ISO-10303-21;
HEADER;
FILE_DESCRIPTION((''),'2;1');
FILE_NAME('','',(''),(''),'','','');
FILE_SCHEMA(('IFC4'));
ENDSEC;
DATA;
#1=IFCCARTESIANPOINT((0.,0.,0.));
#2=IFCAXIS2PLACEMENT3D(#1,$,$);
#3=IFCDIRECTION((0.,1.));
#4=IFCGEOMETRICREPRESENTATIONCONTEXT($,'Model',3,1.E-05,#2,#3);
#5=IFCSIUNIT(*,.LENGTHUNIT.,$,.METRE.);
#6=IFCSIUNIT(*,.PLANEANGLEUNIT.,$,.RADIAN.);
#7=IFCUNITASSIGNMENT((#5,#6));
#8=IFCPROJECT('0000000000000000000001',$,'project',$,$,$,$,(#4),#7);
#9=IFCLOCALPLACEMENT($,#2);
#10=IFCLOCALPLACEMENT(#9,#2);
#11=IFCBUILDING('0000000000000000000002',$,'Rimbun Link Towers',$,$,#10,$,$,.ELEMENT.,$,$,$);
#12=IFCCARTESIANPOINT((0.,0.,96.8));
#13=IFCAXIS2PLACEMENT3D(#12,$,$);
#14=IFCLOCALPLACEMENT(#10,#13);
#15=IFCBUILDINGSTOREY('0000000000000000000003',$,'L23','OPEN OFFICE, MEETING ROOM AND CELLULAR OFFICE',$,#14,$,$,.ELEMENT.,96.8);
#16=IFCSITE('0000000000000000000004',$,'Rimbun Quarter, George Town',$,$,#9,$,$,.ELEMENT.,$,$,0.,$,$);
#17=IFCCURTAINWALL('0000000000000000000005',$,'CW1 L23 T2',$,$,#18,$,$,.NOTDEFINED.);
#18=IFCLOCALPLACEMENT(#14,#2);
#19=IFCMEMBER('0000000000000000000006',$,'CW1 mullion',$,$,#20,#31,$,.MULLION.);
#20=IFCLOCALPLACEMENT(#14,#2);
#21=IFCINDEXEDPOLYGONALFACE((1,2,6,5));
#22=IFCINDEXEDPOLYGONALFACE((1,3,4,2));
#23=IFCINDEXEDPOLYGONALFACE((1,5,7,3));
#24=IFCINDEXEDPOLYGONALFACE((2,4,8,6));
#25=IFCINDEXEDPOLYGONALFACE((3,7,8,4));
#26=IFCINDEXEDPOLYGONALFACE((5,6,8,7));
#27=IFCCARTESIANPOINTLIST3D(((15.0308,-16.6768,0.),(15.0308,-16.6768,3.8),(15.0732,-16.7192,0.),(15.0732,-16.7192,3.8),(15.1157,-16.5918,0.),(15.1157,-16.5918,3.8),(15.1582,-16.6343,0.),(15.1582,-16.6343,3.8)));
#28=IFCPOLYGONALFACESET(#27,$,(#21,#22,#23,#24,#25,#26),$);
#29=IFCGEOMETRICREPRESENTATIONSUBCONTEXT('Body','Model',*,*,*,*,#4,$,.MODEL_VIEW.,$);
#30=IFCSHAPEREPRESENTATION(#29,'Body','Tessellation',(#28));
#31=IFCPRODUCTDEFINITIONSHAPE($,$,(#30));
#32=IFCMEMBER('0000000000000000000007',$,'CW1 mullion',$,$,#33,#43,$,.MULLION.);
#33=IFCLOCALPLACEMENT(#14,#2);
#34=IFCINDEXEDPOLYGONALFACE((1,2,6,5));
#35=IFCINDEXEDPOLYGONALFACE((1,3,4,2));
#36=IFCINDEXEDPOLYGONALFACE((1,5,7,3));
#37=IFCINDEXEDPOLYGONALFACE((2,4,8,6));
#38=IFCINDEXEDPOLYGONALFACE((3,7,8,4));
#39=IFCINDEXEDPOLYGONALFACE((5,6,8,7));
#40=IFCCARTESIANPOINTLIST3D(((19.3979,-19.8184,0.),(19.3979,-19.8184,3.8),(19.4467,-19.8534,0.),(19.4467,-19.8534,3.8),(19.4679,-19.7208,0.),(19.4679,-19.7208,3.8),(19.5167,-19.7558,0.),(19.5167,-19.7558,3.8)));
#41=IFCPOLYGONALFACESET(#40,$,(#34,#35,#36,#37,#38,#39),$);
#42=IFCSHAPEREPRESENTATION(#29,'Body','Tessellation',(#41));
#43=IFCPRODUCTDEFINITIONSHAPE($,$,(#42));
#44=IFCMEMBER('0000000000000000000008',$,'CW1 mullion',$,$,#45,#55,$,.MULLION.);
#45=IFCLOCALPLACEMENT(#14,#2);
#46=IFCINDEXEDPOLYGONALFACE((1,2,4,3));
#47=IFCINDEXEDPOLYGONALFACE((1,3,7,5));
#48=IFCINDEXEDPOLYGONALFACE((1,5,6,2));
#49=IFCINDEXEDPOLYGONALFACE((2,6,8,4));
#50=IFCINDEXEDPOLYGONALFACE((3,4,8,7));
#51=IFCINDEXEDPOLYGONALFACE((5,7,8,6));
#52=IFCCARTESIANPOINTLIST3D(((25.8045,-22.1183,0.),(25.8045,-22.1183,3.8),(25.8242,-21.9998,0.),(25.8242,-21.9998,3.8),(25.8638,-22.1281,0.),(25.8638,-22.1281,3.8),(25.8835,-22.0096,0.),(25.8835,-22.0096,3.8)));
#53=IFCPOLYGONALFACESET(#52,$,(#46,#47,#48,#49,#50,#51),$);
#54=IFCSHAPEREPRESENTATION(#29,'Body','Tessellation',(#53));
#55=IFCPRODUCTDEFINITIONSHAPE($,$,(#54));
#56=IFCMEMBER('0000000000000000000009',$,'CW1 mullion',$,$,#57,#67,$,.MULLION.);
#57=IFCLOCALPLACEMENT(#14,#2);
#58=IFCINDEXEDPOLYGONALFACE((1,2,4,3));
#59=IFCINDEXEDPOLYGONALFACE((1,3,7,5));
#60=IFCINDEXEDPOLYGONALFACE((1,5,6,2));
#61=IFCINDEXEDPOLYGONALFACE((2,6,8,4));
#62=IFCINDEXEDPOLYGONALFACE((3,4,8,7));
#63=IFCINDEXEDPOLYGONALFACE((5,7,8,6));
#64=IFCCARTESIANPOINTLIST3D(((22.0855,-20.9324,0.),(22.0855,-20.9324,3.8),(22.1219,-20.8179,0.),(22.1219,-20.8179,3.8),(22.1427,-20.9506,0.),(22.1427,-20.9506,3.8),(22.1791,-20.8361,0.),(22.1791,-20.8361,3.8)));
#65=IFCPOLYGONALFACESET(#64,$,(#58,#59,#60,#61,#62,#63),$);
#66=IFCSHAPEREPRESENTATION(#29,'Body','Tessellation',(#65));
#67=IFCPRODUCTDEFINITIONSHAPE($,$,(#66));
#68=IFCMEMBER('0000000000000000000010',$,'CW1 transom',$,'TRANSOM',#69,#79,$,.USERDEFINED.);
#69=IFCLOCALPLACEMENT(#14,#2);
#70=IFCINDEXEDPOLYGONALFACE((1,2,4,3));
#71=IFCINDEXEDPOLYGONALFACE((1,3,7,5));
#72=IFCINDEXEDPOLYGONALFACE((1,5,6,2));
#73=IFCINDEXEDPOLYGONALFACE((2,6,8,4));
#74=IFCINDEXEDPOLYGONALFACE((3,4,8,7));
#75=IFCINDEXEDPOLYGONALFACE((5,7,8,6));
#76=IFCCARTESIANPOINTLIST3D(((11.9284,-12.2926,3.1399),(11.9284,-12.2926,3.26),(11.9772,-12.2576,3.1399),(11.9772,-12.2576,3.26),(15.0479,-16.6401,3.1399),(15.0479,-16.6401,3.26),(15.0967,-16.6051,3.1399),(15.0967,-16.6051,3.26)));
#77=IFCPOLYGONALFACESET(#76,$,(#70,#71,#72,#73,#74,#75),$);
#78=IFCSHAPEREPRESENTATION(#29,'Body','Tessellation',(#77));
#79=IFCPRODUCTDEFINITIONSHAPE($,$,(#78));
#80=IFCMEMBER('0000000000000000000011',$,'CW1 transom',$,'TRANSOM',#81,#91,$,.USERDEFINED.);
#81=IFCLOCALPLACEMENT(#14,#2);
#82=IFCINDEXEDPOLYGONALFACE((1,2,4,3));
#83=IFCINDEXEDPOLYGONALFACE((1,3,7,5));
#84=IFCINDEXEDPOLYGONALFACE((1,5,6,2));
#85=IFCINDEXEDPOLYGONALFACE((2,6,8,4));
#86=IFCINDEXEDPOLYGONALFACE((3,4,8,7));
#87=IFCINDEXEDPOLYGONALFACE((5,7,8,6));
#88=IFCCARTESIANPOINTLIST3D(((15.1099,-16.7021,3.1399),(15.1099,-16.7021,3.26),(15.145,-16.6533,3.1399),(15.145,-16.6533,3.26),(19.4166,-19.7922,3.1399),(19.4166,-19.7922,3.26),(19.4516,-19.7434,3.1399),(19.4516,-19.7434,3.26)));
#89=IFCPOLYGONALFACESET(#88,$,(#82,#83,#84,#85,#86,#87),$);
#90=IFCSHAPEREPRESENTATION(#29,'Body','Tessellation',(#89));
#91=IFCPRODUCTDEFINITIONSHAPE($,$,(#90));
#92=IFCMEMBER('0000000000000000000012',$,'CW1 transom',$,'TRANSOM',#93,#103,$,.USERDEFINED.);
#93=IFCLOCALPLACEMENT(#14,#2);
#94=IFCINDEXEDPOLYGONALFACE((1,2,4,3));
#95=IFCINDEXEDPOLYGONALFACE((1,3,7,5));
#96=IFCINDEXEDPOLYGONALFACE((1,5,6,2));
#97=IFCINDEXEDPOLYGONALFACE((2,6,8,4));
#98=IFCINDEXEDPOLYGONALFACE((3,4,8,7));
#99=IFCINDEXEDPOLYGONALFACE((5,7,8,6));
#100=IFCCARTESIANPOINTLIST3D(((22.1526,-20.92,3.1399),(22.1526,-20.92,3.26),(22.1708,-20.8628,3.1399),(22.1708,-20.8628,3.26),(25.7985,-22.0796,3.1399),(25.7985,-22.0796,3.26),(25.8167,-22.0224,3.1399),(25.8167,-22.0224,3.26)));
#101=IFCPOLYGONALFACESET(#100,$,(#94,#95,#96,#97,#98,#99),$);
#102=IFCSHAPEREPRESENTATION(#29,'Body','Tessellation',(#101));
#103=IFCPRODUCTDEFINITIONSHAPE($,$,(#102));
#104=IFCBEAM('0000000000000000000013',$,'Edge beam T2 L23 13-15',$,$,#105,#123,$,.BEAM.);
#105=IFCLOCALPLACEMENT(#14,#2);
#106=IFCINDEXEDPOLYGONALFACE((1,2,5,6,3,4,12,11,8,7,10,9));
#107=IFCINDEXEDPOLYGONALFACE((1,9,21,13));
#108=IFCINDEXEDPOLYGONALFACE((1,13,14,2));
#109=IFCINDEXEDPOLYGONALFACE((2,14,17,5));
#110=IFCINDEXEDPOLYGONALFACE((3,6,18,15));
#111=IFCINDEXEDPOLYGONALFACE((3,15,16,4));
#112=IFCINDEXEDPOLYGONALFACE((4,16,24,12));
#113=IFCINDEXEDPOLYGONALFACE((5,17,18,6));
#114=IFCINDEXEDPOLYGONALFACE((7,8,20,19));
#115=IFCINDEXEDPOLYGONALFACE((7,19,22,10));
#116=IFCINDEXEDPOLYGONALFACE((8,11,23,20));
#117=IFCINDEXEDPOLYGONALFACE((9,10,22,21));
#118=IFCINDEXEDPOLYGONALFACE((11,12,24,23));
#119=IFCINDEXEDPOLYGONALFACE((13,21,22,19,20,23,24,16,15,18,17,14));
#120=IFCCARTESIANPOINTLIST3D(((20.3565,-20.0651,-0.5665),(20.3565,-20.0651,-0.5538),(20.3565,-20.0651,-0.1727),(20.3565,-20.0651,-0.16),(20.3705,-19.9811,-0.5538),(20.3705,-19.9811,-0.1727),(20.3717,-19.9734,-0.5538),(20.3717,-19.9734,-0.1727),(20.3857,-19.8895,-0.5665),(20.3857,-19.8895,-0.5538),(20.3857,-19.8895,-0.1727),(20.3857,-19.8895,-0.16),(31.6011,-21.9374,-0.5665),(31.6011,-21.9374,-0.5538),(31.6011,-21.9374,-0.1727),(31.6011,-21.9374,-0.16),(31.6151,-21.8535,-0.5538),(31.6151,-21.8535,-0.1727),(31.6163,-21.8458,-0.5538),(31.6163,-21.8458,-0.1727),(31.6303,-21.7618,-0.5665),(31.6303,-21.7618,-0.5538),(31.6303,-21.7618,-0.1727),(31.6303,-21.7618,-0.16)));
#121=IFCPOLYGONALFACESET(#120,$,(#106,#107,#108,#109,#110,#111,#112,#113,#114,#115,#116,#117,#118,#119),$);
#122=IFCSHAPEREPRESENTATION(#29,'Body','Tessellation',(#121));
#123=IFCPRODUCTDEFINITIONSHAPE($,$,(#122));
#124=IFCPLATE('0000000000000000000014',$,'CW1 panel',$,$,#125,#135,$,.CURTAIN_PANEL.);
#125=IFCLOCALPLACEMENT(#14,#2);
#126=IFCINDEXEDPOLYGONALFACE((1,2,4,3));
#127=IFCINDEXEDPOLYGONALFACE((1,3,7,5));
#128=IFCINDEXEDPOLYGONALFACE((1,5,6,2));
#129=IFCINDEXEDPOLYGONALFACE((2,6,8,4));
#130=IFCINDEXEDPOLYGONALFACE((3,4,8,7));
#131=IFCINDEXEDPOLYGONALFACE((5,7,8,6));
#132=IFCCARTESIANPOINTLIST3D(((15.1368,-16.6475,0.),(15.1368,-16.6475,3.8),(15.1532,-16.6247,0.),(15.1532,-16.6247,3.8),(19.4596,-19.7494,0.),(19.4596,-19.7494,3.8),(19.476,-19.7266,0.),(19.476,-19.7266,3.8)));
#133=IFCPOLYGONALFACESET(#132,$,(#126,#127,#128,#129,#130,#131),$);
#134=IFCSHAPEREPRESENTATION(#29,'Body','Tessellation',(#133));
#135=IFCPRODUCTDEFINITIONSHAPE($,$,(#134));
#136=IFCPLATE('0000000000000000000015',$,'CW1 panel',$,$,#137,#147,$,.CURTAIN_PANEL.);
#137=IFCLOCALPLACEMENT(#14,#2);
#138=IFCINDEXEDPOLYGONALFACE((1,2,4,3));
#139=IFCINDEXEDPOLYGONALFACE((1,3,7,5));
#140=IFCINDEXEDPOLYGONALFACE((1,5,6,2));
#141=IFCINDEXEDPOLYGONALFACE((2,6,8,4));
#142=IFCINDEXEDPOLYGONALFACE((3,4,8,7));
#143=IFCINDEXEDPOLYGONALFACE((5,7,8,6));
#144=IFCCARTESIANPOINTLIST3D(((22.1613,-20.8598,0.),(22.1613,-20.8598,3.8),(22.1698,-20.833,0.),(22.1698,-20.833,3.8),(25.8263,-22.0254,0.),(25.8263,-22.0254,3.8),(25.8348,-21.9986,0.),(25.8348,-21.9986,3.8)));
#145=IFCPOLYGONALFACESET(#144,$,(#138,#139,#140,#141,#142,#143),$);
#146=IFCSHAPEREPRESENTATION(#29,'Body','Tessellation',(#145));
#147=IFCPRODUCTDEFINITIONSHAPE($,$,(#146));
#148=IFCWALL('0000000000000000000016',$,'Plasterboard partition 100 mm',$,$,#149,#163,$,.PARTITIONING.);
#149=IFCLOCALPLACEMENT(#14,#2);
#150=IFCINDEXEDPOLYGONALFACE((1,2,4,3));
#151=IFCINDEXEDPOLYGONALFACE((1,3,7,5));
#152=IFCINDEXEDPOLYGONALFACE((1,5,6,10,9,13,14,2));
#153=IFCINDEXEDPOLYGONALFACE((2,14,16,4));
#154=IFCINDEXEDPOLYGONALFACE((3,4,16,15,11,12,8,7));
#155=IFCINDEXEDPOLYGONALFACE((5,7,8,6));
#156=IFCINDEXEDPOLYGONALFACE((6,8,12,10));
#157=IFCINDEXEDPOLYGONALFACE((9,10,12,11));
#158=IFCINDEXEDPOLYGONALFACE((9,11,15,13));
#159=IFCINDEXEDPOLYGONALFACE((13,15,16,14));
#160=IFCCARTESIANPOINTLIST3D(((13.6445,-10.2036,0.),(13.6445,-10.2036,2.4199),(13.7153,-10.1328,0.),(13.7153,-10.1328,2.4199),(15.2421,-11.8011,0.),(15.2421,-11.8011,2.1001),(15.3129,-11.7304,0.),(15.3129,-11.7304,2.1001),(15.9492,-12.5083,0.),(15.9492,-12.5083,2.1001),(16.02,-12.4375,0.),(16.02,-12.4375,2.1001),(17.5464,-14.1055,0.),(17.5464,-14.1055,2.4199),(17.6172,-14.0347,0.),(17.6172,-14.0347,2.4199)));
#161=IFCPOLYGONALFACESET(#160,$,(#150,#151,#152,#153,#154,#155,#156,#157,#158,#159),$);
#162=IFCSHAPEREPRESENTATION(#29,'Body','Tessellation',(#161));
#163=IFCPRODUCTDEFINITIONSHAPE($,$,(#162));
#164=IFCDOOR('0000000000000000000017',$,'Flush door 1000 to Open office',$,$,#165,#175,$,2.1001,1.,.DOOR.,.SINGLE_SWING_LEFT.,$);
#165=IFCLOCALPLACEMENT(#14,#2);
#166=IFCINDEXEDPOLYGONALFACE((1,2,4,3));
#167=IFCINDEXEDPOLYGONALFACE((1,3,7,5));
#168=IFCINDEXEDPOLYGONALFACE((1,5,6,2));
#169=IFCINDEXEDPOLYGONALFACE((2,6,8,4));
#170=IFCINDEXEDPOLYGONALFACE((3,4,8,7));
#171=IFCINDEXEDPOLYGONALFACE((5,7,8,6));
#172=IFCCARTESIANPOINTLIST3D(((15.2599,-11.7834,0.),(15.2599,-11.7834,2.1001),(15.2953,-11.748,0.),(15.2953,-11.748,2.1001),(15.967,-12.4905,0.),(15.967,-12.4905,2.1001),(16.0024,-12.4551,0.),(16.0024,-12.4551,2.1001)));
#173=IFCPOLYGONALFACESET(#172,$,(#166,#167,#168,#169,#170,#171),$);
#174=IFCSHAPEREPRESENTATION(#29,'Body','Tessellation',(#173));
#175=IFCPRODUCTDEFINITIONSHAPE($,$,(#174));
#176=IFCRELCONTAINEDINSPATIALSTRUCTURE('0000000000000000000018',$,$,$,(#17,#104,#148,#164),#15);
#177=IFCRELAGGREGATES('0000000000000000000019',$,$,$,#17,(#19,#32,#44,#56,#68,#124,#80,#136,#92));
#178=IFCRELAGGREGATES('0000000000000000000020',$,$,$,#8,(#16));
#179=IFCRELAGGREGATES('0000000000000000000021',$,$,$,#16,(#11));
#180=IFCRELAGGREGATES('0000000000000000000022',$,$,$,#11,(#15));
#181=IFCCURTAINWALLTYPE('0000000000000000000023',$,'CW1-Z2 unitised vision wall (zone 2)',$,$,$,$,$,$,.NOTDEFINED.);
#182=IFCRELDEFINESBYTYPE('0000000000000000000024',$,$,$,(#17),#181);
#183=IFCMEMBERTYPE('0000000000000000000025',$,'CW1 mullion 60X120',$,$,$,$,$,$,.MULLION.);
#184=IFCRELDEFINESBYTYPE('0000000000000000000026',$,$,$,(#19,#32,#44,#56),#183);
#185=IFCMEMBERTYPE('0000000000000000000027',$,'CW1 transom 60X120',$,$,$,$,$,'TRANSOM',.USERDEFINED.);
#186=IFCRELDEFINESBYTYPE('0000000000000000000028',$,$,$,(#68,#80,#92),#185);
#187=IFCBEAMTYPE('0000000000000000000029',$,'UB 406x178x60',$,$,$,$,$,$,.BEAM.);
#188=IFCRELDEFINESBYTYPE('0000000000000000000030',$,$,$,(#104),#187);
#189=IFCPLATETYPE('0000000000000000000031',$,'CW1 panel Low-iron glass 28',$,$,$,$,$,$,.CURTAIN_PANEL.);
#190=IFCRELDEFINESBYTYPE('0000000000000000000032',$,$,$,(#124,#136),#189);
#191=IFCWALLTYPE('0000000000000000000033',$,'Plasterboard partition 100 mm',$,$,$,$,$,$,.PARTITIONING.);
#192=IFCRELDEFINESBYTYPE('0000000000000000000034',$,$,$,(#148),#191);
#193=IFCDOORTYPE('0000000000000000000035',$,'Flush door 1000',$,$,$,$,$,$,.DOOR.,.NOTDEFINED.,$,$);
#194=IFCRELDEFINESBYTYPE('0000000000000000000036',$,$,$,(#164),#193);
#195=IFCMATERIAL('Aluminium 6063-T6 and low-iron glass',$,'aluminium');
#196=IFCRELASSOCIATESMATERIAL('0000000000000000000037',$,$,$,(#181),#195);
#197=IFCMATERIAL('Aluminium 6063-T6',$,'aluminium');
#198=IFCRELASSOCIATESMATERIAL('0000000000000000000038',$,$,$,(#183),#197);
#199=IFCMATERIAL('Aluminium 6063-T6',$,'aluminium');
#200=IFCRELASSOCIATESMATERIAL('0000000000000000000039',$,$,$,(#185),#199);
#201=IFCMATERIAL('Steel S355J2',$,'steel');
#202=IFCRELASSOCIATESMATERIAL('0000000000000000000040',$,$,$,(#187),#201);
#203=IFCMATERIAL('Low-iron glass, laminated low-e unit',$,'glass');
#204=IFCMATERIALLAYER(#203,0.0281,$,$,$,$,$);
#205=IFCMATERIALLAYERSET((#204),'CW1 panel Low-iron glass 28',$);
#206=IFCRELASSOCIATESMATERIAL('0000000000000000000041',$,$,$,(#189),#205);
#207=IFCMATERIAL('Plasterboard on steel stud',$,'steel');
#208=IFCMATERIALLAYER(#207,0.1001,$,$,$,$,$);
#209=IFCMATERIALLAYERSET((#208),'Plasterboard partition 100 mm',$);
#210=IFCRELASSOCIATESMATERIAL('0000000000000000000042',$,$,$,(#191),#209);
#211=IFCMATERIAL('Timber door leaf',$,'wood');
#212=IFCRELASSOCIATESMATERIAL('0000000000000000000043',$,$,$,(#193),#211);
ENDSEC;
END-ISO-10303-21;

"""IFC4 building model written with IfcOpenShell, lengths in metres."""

from ifc_helpers import new_model, si_unit, direction, frame, frame_2d, origin, origin_2d, place, context, subcontext, project, spatial, rectangle, i_section, extrude, material, layer, layer_set, material_profile, profile_set, type_object, element, fill, aggregate, save


model = new_model("IFC4")

# Units and contexts
model_context = context("Model", 3, precision=1e-05, world=origin(), true_north=direction((0.0, 1.0)))
body_context = subcontext(model_context, "Body", "Model", "MODEL_VIEW")
ifc_project = project(units=[si_unit("LENGTHUNIT", "METRE"), si_unit("PLANEANGLEUNIT", "RADIAN")], contexts=[model_context])

# Site, building, storey
site_placement = place(None, origin())
site = spatial("IfcSite", under=ifc_project, at=site_placement, Name="Rimbun Quarter, George Town", CompositionType="ELEMENT", RefElevation=0.0)
building_placement = place(site_placement, origin())
building = spatial("IfcBuilding", under=site, at=building_placement, Name="Rimbun Link Towers", CompositionType="ELEMENT")
storey_placement = place(building_placement, frame((0.0, 0.0, 96.8)))
storey = spatial("IfcBuildingStorey", under=building, at=storey_placement, Name="L23", Description="OPEN OFFICE, MEETING ROOM AND CELLULAR OFFICE", CompositionType="ELEMENT", Elevation=96.8)

# Curtain wall, members
ifc_material_1 = material(Name="Aluminium 6063-T6 and low-iron glass", Category="aluminium")
curtain_wall_type = type_object("IfcCurtainWallType", Name="CW1-Z2 unitised vision wall (zone 2)", PredefinedType="NOTDEFINED", material=ifc_material_1)
curtain_wall_placement = place(storey_placement, origin())
curtain_wall = element("IfcCurtainWall", 1, at=curtain_wall_placement, inside=storey, type_object=curtain_wall_type, Name="CW1 L23 T2", PredefinedType="NOTDEFINED")
ifc_material_2 = material(Name="Aluminium 6063-T6", Category="aluminium")
ifc_material_profile_1 = material_profile(ifc_material_2, rectangle(XDim=0.1201, YDim=0.0601, at=origin_2d()), Name="MULLION 60X120")
ifc_profile_set_1 = profile_set([ifc_material_profile_1], Name="Aluminium 6063-T6")
member_type_1 = type_object("IfcMemberType", Name="CW1 mullion 60X120", PredefinedType="MULLION", material=ifc_profile_set_1)
member_1_placement = place(storey_placement, frame((15.0945, -16.6555, 0.0), z_axis=(0.0, 0.0, 1.0), x_axis=(-0.707107, -0.707107, 0.0)))
member_1 = element("IfcMember", 2, at=member_1_placement, type_object=member_type_1, Name="CW1 mullion", PredefinedType="MULLION", context=body_context, shape_type="SweptSolid", body=[
    extrude(rectangle(XDim=0.1201, YDim=0.0601, at=origin_2d()), origin(), (0.0, 0.0, 1.0), 3.8),
])
member_2_placement = place(storey_placement, frame((19.4573, -19.7871, 0.0), z_axis=(0.0, 0.0, 1.0), x_axis=(-0.583002, -0.812471, 0.0)))
member_2 = element("IfcMember", 3, at=member_2_placement, type_object=member_type_1, Name="CW1 mullion", PredefinedType="MULLION", context=body_context, shape_type="SweptSolid", body=[
    extrude(rectangle(XDim=0.1201, YDim=0.0601, at=origin_2d()), origin(), (0.0, 0.0, 1.0), 3.8),
])
member_3_placement = place(storey_placement, frame((25.844, -22.064, 0.0), z_axis=(0.0, 0.0, 1.0), x_axis=(-0.163744, -0.986503, 0.0)))
member_3 = element("IfcMember", 4, at=member_3_placement, type_object=member_type_1, Name="CW1 mullion", PredefinedType="MULLION", context=body_context, shape_type="SweptSolid", body=[
    extrude(rectangle(XDim=0.1201, YDim=0.0601, at=origin_2d()), origin(), (0.0, 0.0, 1.0), 3.8),
])
member_4_placement = place(storey_placement, frame((22.1323, -20.8843, 0.0), z_axis=(0.0, 0.0, 1.0), x_axis=(-0.303066, -0.95297, 0.0)))
member_4 = element("IfcMember", 5, at=member_4_placement, type_object=member_type_1, Name="CW1 mullion", PredefinedType="MULLION", context=body_context, shape_type="SweptSolid", body=[
    extrude(rectangle(XDim=0.1201, YDim=0.0601, at=origin_2d()), origin(), (0.0, 0.0, 1.0), 3.8),
])
ifc_material_3 = material(Name="Aluminium 6063-T6", Category="aluminium")
ifc_material_profile_2 = material_profile(ifc_material_3, rectangle(XDim=0.0601, YDim=0.1201, at=origin_2d()), Name="TRANSOM 60X120")
ifc_profile_set_2 = profile_set([ifc_material_profile_2], Name="Aluminium 6063-T6")
member_type_2 = type_object("IfcMemberType", Name="CW1 transom 60X120", ElementType="TRANSOM", PredefinedType="USERDEFINED", material=ifc_profile_set_2)
member_5_placement = place(storey_placement, frame((15.0723, -16.6226, 3.2), z_axis=(-0.582981, 0.812486, 0.0), x_axis=(-0.812486, -0.582981, 0.0)))
member_5 = element("IfcMember", 6, at=member_5_placement, type_object=member_type_2, Name="CW1 transom", ObjectType="TRANSOM", PredefinedType="USERDEFINED", context=body_context, shape_type="SweptSolid", body=[
    extrude(rectangle(XDim=0.0601, YDim=0.1201, at=origin_2d()), origin(), (0.0, 0.0, 1.0), 5.3508),
])
member_6_placement = place(storey_placement, frame((19.4341, -19.7678, 3.2), z_axis=(-0.81249, 0.582975, 0.0), x_axis=(-0.582975, -0.81249, 0.0)))
member_6 = element("IfcMember", 7, at=member_6_placement, type_object=member_type_2, Name="CW1 transom", ObjectType="TRANSOM", PredefinedType="USERDEFINED", context=body_context, shape_type="SweptSolid", body=[
    extrude(rectangle(XDim=0.0601, YDim=0.1201, at=origin_2d()), origin(), (0.0, 0.0, 1.0), 5.3005),
])
member_7_placement = place(storey_placement, frame((25.8076, -22.051, 3.2), z_axis=(-0.952958, 0.303104, 0.0), x_axis=(-0.303104, -0.952958, 0.0)))
member_7 = element("IfcMember", 8, at=member_7_placement, type_object=member_type_2, Name="CW1 transom", ObjectType="TRANSOM", PredefinedType="USERDEFINED", context=body_context, shape_type="SweptSolid", body=[
    extrude(rectangle(XDim=0.0601, YDim=0.1201, at=origin_2d()), origin(), (0.0, 0.0, 1.0), 3.8259),
])

# Beam
ifc_material_4 = material(Name="Steel S355J2", Category="steel")
ifc_material_profile_3 = material_profile(ifc_material_4, i_section(OverallWidth=0.178, OverallDepth=0.4065, WebThickness=0.0078, FlangeThickness=0.0127, at=origin_2d()), Name="UB 406x178x60")
ifc_profile_set_3 = profile_set([ifc_material_profile_3], Name="Steel S355J2")
beam_type = type_object("IfcBeamType", Name="UB 406x178x60", PredefinedType="BEAM", material=ifc_profile_set_3)
beam_placement = place(storey_placement, frame((20.3711, -19.9773, -0.3633), z_axis=(0.986419, -0.164246, 0.0), x_axis=(0.164246, 0.986419, 0.0)))
element("IfcBeam", 9, at=beam_placement, inside=storey, type_object=beam_type, Name="Edge beam T2 L23 13-15", PredefinedType="BEAM", context=body_context, shape_type="SweptSolid", body=[
    extrude(i_section(OverallWidth=0.178, OverallDepth=0.4065, WebThickness=0.0078, FlangeThickness=0.0127, at=origin_2d()), origin(), (0.0, 0.0, 1.0), 11.3994),
])

# Plates
ifc_material_5 = material(Name="Low-iron glass, laminated low-e unit", Category="glass")
ifc_layer_1 = layer(ifc_material_5, 0.0281)
ifc_layer_set_1 = layer_set([ifc_layer_1], Name="CW1 panel Low-iron glass 28")
plate_type = type_object("IfcPlateType", Name="CW1 panel Low-iron glass 28", PredefinedType="CURTAIN_PANEL", material=ifc_layer_set_1)
plate_1_placement = place(storey_placement, frame((17.3064, -18.187, 0.0), z_axis=(0.0, 0.0, 1.0), x_axis=(-0.812471, 0.583002, 0.0)))
plate_1 = element("IfcPlate", 10, at=plate_1_placement, type_object=plate_type, Name="CW1 panel", PredefinedType="CURTAIN_PANEL", context=body_context, shape_type="SweptSolid", body=[
    extrude(rectangle(XDim=5.3206, YDim=0.0281, at=origin_2d()), origin(), (0.0, 0.0, 1.0), 3.8),
])
plate_2_placement = place(storey_placement, frame((23.998, -21.4292, 0.0), z_axis=(0.0, 0.0, 1.0), x_axis=(-0.95297, 0.303066, 0.0)))
plate_2 = element("IfcPlate", 11, at=plate_2_placement, type_object=plate_type, Name="CW1 panel", PredefinedType="CURTAIN_PANEL", context=body_context, shape_type="SweptSolid", body=[
    extrude(rectangle(XDim=3.8459, YDim=0.0281, at=origin_2d()), origin(), (0.0, 0.0, 1.0), 3.8),
])
aggregate(curtain_wall, [member_1, member_2, member_3, member_4, member_5, plate_1, member_6, plate_2, member_7])

# Wall, opening, door
ifc_material_6 = material(Name="Plasterboard on steel stud", Category="steel")
ifc_layer_2 = layer(ifc_material_6, 0.1001)
ifc_layer_set_2 = layer_set([ifc_layer_2], Name="Plasterboard partition 100 mm")
wall_type = type_object("IfcWallType", Name="Plasterboard partition 100 mm", PredefinedType="PARTITIONING", material=ifc_layer_set_2)
wall_placement = place(storey_placement, frame((17.5818, -14.0701, 0.0), z_axis=(0.0, 0.0, 1.0), x_axis=(-0.707107, 0.707107, 0.0)))
wall = element("IfcWall", 12, at=wall_placement, inside=storey, type_object=wall_type, Name="Plasterboard partition 100 mm", PredefinedType="PARTITIONING", context=body_context, shape_type="SweptSolid", body=[
    extrude(rectangle(XDim=5.5181, YDim=0.1001, at=frame_2d((2.759, 0.0))), origin(), (0.0, 0.0, 1.0), 2.4199),
])
opening_placement = place(wall_placement, frame((2.2588, 0.0, 0.0)))
opening = element("IfcOpeningElement", 13, at=opening_placement, cuts=wall, PredefinedType="OPENING", context=body_context, shape_type="SweptSolid", body=[
    extrude(rectangle(XDim=1.0, YDim=2.1001, at=frame_2d((0.5, 1.05))), frame((0.0, 0.0601, 0.0), z_axis=(0.0, -1.0, 0.0), x_axis=(1.0, 0.0, 0.0)), (0.0, 0.0, 1.0), 0.1201),
])
ifc_material_7 = material(Name="Timber door leaf", Category="wood")
door_type = type_object("IfcDoorType", Name="Flush door 1000", OperationType="NOTDEFINED", PredefinedType="DOOR", material=ifc_material_7)
door_placement = place(opening_placement, origin())
door = element("IfcDoor", 14, at=door_placement, inside=storey, type_object=door_type, Name="Flush door 1000 to Open office", OperationType="SINGLE_SWING_LEFT", OverallHeight=2.1001, OverallWidth=1.0, PredefinedType="DOOR", context=body_context, shape_type="SweptSolid", body=[
    extrude(rectangle(XDim=1.0, YDim=2.1001, at=frame_2d((0.5, 1.05))), frame((0.0, 0.0249, 0.0), z_axis=(0.0, -1.0, 0.0), x_axis=(1.0, 0.0, 0.0)), (0.0, 0.0, 1.0), 0.05),
])
fill(opening, door)

save(model, "model.ifc")
